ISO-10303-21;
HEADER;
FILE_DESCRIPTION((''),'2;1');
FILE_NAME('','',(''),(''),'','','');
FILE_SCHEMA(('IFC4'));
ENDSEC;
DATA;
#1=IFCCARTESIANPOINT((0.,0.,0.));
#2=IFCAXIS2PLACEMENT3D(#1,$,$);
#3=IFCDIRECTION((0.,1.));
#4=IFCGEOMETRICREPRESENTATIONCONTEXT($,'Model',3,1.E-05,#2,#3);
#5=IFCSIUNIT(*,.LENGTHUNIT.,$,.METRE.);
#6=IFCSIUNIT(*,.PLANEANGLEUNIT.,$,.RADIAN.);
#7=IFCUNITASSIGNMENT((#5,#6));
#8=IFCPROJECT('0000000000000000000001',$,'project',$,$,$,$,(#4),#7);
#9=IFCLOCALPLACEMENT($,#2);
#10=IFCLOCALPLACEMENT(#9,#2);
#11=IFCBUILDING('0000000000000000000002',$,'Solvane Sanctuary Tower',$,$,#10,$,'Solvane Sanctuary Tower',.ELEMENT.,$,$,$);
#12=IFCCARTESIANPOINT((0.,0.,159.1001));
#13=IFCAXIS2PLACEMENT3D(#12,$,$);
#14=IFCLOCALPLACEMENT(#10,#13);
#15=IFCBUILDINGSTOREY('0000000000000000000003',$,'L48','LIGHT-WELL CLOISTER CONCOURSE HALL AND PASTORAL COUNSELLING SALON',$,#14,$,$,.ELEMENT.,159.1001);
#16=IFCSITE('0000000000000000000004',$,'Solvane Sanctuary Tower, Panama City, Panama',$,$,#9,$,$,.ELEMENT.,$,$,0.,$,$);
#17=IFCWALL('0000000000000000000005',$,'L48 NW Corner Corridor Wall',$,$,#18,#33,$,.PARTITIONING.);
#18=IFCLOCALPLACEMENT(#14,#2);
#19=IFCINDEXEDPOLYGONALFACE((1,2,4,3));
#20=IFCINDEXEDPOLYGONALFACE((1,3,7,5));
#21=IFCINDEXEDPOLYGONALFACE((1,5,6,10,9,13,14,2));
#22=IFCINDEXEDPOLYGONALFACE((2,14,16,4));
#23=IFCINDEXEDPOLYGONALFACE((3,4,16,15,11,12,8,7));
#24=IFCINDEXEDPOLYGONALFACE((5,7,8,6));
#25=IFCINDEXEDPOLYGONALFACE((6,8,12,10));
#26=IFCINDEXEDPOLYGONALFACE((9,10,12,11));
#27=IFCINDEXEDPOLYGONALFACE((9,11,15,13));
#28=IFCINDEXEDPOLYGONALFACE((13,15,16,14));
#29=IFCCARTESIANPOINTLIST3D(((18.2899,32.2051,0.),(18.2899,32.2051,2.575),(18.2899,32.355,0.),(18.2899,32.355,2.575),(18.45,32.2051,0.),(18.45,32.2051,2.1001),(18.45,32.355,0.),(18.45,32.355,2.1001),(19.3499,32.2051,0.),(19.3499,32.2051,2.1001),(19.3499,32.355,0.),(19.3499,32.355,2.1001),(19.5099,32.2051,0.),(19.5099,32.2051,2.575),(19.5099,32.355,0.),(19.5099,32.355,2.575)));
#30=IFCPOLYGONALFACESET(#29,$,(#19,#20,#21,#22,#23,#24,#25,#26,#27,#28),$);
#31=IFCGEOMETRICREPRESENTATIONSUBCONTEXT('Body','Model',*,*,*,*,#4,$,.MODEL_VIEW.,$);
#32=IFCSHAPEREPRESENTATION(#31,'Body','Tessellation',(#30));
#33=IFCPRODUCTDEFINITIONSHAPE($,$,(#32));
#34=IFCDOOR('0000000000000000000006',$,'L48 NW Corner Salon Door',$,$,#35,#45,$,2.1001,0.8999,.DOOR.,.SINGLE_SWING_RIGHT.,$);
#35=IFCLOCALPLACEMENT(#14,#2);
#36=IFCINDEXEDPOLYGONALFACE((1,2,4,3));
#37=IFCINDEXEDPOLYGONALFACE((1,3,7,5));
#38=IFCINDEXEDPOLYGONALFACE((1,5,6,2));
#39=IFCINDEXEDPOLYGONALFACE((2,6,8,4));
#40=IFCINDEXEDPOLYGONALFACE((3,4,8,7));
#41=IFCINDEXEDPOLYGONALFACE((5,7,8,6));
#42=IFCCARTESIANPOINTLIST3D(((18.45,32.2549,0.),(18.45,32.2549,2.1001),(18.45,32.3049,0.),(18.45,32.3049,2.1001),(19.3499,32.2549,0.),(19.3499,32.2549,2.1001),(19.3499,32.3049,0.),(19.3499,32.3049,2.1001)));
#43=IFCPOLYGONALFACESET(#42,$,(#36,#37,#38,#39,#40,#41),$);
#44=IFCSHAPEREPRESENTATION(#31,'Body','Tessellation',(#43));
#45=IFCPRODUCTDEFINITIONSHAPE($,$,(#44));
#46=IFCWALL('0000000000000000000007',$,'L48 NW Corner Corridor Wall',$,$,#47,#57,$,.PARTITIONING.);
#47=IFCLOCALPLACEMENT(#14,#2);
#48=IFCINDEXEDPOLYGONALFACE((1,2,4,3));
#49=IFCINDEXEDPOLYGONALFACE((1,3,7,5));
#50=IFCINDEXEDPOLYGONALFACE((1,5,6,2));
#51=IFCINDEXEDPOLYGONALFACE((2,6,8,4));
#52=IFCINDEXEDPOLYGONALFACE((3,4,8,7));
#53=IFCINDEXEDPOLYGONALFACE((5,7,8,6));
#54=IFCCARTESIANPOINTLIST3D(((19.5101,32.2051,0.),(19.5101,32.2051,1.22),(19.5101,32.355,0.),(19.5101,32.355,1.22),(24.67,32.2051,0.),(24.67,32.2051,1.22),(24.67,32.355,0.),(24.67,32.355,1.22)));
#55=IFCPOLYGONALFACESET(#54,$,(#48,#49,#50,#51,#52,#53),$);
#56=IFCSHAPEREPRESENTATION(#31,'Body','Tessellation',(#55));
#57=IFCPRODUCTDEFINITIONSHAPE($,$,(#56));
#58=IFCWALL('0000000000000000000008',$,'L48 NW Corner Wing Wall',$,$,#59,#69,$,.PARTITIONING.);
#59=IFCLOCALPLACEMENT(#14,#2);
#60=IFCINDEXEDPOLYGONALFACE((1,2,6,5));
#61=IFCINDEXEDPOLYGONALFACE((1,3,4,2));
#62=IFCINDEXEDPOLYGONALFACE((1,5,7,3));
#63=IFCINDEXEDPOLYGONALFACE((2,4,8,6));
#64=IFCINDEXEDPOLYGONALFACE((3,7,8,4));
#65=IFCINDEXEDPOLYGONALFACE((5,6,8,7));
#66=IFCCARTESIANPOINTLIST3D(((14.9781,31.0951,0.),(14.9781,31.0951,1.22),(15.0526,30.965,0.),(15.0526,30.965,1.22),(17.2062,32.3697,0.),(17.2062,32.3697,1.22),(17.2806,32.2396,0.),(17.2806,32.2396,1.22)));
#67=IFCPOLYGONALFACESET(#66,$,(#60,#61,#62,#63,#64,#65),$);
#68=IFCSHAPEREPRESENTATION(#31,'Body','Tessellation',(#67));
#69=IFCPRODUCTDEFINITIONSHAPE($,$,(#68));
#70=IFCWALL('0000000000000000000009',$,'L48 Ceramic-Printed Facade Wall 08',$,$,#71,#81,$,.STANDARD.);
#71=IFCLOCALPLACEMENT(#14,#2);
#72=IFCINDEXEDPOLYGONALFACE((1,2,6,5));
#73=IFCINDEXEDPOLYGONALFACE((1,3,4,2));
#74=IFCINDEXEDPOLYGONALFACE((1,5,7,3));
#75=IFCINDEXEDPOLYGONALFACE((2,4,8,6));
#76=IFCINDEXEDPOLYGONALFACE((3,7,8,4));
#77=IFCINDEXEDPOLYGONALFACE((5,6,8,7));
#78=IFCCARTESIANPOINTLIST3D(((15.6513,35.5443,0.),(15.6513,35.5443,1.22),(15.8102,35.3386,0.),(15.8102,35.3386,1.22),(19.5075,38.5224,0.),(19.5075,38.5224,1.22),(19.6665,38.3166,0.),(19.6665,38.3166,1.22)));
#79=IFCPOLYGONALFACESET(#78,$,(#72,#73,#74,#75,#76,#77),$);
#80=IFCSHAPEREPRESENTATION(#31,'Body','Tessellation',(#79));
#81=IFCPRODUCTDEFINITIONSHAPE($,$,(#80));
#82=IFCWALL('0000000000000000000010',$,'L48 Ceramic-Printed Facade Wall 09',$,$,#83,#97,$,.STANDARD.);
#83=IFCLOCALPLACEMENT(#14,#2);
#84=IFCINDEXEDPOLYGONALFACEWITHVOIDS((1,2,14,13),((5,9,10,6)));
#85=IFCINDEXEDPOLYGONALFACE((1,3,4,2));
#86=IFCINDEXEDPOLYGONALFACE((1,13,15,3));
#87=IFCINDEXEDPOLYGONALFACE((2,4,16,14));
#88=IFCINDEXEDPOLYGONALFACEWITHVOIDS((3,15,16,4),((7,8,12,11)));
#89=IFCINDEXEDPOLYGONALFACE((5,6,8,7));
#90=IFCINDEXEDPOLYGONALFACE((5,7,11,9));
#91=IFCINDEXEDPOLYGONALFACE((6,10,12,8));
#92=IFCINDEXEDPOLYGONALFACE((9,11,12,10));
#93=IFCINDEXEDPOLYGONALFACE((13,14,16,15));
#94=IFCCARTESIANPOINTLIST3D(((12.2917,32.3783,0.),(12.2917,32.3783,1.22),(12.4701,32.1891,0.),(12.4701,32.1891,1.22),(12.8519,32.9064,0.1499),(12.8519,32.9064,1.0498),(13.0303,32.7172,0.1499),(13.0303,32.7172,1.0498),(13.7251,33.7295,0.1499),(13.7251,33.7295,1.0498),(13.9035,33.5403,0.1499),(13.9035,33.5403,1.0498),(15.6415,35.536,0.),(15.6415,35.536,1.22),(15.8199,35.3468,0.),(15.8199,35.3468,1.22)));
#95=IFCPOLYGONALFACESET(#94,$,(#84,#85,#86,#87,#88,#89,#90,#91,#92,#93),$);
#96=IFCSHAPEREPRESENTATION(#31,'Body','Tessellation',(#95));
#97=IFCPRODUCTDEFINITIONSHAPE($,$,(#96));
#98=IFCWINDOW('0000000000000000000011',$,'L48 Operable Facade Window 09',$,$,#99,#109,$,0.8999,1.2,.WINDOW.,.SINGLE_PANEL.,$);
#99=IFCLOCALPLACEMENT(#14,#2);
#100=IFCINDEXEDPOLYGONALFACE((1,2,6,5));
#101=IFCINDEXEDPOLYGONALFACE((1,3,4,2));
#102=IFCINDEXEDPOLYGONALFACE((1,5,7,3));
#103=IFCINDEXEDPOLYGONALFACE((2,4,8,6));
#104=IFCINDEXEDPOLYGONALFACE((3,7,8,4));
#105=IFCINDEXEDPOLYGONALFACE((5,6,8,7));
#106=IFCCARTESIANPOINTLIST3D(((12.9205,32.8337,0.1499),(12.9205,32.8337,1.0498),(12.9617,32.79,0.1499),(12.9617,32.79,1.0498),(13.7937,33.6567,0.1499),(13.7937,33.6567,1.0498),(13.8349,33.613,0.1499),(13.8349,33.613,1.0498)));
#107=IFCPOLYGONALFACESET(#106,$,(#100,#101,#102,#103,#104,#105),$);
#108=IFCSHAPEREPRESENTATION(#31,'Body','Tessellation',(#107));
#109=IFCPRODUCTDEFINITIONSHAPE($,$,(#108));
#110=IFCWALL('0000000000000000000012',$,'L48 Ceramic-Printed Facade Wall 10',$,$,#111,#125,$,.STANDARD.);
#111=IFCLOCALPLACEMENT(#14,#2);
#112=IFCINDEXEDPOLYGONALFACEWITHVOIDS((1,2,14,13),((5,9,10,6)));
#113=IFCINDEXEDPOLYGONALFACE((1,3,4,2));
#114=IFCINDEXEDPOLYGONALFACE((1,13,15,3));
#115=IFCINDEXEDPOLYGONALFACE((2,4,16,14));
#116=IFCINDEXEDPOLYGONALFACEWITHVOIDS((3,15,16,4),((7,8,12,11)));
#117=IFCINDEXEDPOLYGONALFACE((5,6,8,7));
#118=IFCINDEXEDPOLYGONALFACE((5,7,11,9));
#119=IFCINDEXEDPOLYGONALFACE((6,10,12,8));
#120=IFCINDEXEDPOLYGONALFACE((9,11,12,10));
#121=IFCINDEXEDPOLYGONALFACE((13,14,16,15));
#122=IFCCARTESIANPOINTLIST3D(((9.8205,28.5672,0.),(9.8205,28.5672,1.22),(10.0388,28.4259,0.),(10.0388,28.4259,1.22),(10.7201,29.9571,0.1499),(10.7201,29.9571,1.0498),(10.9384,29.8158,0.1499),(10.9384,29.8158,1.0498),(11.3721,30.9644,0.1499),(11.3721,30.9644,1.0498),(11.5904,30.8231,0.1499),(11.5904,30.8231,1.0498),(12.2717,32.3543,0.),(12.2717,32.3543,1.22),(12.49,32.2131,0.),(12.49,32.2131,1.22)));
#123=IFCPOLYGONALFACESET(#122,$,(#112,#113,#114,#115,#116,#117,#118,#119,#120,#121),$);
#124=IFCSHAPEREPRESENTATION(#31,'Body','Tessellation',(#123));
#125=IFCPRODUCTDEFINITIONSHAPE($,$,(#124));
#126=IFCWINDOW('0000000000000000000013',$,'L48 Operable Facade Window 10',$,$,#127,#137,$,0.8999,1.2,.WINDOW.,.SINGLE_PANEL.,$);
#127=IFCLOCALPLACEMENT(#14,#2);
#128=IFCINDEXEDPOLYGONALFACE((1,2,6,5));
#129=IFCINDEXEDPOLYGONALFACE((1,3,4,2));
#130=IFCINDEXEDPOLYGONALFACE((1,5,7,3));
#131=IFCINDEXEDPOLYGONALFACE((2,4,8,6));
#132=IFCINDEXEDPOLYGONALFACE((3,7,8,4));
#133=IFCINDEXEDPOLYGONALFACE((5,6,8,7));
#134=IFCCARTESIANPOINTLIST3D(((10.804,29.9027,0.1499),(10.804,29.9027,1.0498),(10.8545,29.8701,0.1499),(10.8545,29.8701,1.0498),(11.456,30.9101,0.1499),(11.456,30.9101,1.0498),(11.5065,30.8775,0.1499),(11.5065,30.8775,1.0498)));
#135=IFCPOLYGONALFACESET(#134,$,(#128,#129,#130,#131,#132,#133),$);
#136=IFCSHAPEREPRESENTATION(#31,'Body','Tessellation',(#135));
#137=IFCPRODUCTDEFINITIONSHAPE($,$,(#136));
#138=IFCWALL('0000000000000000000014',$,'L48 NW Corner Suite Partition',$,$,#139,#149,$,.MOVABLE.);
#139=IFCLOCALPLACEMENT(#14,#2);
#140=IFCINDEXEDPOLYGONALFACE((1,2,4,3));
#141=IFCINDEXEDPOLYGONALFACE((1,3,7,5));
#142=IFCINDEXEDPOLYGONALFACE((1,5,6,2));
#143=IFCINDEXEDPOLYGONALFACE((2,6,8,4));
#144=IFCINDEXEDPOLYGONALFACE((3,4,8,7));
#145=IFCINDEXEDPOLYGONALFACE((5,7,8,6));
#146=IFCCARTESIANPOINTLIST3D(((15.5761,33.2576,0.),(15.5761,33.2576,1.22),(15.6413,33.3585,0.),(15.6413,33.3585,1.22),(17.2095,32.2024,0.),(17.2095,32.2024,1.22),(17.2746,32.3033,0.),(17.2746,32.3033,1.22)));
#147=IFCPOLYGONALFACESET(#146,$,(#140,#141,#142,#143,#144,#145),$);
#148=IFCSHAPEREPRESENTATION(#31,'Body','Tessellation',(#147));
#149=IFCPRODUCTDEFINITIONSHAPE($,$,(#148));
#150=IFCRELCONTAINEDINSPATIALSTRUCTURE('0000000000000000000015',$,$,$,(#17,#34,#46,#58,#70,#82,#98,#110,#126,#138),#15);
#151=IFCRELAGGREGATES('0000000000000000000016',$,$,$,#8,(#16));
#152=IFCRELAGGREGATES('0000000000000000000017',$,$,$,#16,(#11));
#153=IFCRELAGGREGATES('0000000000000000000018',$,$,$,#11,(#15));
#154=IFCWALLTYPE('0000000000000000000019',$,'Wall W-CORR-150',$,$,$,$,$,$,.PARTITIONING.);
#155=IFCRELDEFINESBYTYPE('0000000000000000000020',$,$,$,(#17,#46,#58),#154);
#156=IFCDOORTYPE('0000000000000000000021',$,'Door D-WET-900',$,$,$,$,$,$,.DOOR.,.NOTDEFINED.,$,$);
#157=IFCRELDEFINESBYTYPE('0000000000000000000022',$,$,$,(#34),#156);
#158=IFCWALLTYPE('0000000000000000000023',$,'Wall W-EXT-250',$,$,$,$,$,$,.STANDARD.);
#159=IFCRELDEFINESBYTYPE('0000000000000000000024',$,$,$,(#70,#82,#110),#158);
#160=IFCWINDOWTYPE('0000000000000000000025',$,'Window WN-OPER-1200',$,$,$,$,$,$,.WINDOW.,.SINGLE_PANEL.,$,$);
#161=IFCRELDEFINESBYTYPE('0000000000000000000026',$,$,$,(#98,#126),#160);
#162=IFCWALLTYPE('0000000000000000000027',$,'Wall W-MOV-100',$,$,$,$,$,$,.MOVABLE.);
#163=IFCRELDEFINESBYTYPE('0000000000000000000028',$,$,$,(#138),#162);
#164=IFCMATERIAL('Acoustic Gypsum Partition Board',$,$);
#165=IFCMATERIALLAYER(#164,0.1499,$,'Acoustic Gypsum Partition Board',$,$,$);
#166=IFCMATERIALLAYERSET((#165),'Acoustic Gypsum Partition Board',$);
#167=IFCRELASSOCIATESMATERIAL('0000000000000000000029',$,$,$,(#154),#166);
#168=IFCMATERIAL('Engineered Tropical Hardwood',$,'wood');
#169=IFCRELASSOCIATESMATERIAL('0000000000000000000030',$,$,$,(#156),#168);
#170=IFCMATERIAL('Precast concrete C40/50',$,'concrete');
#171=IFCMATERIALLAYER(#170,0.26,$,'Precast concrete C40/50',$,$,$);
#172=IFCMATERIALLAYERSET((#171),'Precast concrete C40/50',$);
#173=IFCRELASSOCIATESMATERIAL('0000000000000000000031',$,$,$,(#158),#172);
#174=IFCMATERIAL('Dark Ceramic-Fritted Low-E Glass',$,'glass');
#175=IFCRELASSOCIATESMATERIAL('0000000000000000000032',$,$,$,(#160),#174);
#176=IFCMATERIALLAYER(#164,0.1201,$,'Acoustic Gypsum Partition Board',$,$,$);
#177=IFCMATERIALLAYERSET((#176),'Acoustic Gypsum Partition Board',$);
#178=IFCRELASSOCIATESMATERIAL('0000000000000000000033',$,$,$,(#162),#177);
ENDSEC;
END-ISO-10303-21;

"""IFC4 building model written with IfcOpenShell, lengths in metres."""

from ifc_helpers import new_model, si_unit, direction, frame, frame_2d, origin, place, context, subcontext, project, spatial, rectangle, extrude, material, layer, layer_set, type_object, element, fill, save


model = new_model("IFC4")

# Units and contexts
model_context = context("Model", 3, precision=1e-05, world=origin(), true_north=direction((0.0, 1.0)))
body_context = subcontext(model_context, "Body", "Model", "MODEL_VIEW")
ifc_project = project(units=[si_unit("LENGTHUNIT", "METRE"), si_unit("PLANEANGLEUNIT", "RADIAN")], contexts=[model_context])

# Site, building, storey
site_placement = place(None, origin())
site = spatial("IfcSite", under=ifc_project, at=site_placement, Name="Solvane Sanctuary Tower, Panama City, Panama", CompositionType="ELEMENT", RefElevation=0.0)
building_placement = place(site_placement, origin())
building = spatial("IfcBuilding", under=site, at=building_placement, Name="Solvane Sanctuary Tower", LongName="Solvane Sanctuary Tower", CompositionType="ELEMENT")
storey_placement = place(building_placement, frame((0.0, 0.0, 159.1001)))
storey = spatial("IfcBuildingStorey", under=building, at=storey_placement, Name="L48", Description="LIGHT-WELL CLOISTER CONCOURSE HALL AND PASTORAL COUNSELLING SALON", CompositionType="ELEMENT", Elevation=159.1001)

# Shared definitions
ifc_material_1 = material(Name="Acoustic Gypsum Partition Board")
ifc_layer_1 = layer(ifc_material_1, 0.1499, Name="Acoustic Gypsum Partition Board")
ifc_layer_set_1 = layer_set([ifc_layer_1], Name="Acoustic Gypsum Partition Board")
wall_type_1 = type_object("IfcWallType", Name="Wall W-CORR-150", PredefinedType="PARTITIONING", material=ifc_layer_set_1)

# Wall, opening, door
wall_1_placement = place(storey_placement, frame((18.29, 32.28, 0.0), z_axis=(0.0, 0.0, 1.0), x_axis=(1.0, 0.0, 0.0)))
wall_1 = element("IfcWall", 1, at=wall_1_placement, inside=storey, type_object=wall_type_1, Name="L48 NW Corner Corridor Wall", PredefinedType="PARTITIONING", context=body_context, shape_type="SweptSolid", body=[
    extrude(rectangle(XDim=1.22, YDim=0.1499, at=frame_2d((0.6099, 0.0))), origin(), (0.0, 0.0, 1.0), 2.575),
])
opening_1_placement = place(wall_1_placement, frame((0.1599, 0.0, 0.0)))
opening_1 = element("IfcOpeningElement", 2, at=opening_1_placement, cuts=wall_1, PredefinedType="OPENING", context=body_context, shape_type="SweptSolid", body=[
    extrude(rectangle(XDim=0.8999, YDim=2.1001, at=frame_2d((0.45, 1.05))), frame((0.0, 0.085, 0.0), z_axis=(0.0, -1.0, 0.0), x_axis=(1.0, 0.0, 0.0)), (0.0, 0.0, 1.0), 0.1699),
])
ifc_material_2 = material(Name="Engineered Tropical Hardwood", Category="wood")
door_type_1 = type_object("IfcDoorType", Name="Door D-WET-900", OperationType="NOTDEFINED", PredefinedType="DOOR", material=ifc_material_2)
door_1_placement = place(opening_1_placement, origin())
door_1 = element("IfcDoor", 3, at=door_1_placement, inside=storey, type_object=door_type_1, Name="L48 NW Corner Salon Door", OperationType="SINGLE_SWING_RIGHT", OverallHeight=2.1001, OverallWidth=0.8999, PredefinedType="DOOR", context=body_context, shape_type="SweptSolid", body=[
    extrude(rectangle(XDim=0.8999, YDim=2.1001, at=frame_2d((0.45, 1.05))), frame((0.0, 0.0249, 0.0), z_axis=(0.0, -1.0, 0.0), x_axis=(1.0, 0.0, 0.0)), (0.0, 0.0, 1.0), 0.05),
])
fill(opening_1, door_1)

# Walls
wall_2_placement = place(storey_placement, frame((19.51, 32.28, 0.0), z_axis=(0.0, 0.0, 1.0), x_axis=(1.0, 0.0, 0.0)))
element("IfcWall", 4, at=wall_2_placement, inside=storey, type_object=wall_type_1, Name="L48 NW Corner Corridor Wall", PredefinedType="PARTITIONING", context=body_context, shape_type="SweptSolid", body=[
    extrude(rectangle(XDim=5.1599, YDim=0.1499, at=frame_2d((2.5801, 0.0))), origin(), (0.0, 0.0, 1.0), 1.22),
])
wall_3_placement = place(storey_placement, frame((17.2434, 32.3047, 0.0), z_axis=(0.0, 0.0, 1.0), x_axis=(-0.867991, -0.496579, 0.0)))
element("IfcWall", 5, at=wall_3_placement, inside=storey, type_object=wall_type_1, Name="L48 NW Corner Wing Wall", PredefinedType="PARTITIONING", context=body_context, shape_type="SweptSolid", body=[
    extrude(rectangle(XDim=2.5669, YDim=0.1499, at=frame_2d((1.2834, 0.0))), origin(), (0.0, 0.0, 1.0), 1.22),
])
ifc_material_3 = material(Name="Precast concrete C40/50", Category="concrete")
ifc_layer_2 = layer(ifc_material_3, 0.26, Name="Precast concrete C40/50")
ifc_layer_set_2 = layer_set([ifc_layer_2], Name="Precast concrete C40/50")
wall_type_2 = type_object("IfcWallType", Name="Wall W-EXT-250", PredefinedType="STANDARD", material=ifc_layer_set_2)
wall_4_placement = place(storey_placement, frame((19.5869, 38.4194, 0.0), z_axis=(0.0, 0.0, 1.0), x_axis=(-0.79146, -0.611221, 0.0)))
element("IfcWall", 6, at=wall_4_placement, inside=storey, type_object=wall_type_2, Name="L48 Ceramic-Printed Facade Wall 08", PredefinedType="STANDARD", context=body_context, shape_type="SweptSolid", body=[
    extrude(rectangle(XDim=4.8723, YDim=0.26, at=frame_2d((2.436, 0.0))), origin(), (0.0, 0.0, 1.0), 1.22),
])

# Walls, openings, windows
wall_5_placement = place(storey_placement, frame((15.7307, 35.4414, 0.0), z_axis=(0.0, 0.0, 1.0), x_axis=(-0.727667, -0.68593, 0.0)))
wall_5 = element("IfcWall", 7, at=wall_5_placement, inside=storey, type_object=wall_type_2, Name="L48 Ceramic-Printed Facade Wall 09", PredefinedType="STANDARD", context=body_context, shape_type="SweptSolid", body=[
    extrude(rectangle(XDim=4.6035, YDim=0.26, at=frame_2d((2.3018, 0.0))), origin(), (0.0, 0.0, 1.0), 1.22),
])
opening_2_placement = place(wall_5_placement, frame((2.6335, 0.0, 0.1499)))
opening_2 = element("IfcOpeningElement", 8, at=opening_2_placement, cuts=wall_5, PredefinedType="OPENING", context=body_context, shape_type="SweptSolid", body=[
    extrude(rectangle(XDim=1.2, YDim=0.8999, at=frame_2d((0.6001, 0.45))), frame((0.0, 0.1399, 0.0), z_axis=(0.0, -1.0, 0.0), x_axis=(1.0, 0.0, 0.0)), (0.0, 0.0, 1.0), 0.28),
])
ifc_material_4 = material(Name="Dark Ceramic-Fritted Low-E Glass", Category="glass")
window_type = type_object("IfcWindowType", Name="Window WN-OPER-1200", PartitioningType="SINGLE_PANEL", PredefinedType="WINDOW", material=ifc_material_4)
window_1_placement = place(opening_2_placement, origin())
window_1 = element("IfcWindow", 9, at=window_1_placement, inside=storey, type_object=window_type, Name="L48 Operable Facade Window 09", OverallHeight=0.8999, OverallWidth=1.2, PartitioningType="SINGLE_PANEL", PredefinedType="WINDOW", context=body_context, shape_type="SweptSolid", body=[
    extrude(rectangle(XDim=1.2, YDim=0.8999, at=frame_2d((0.6001, 0.45))), frame((0.0, 0.03, 0.0), z_axis=(0.0, -1.0, 0.0), x_axis=(1.0, 0.0, 0.0)), (0.0, 0.0, 1.0), 0.0601),
])
fill(opening_2, window_1)
wall_6_placement = place(storey_placement, frame((12.3809, 32.2837, 0.0), z_axis=(0.0, 0.0, 1.0), x_axis=(-0.543359, -0.8395, 0.0)))
wall_6 = element("IfcWall", 10, at=wall_6_placement, inside=storey, type_object=wall_type_2, Name="L48 Ceramic-Printed Facade Wall 10", PredefinedType="STANDARD", context=body_context, shape_type="SweptSolid", body=[
    extrude(rectangle(XDim=4.5112, YDim=0.26, at=frame_2d((2.2556, 0.0))), origin(), (0.0, 0.0, 1.0), 1.22),
])
opening_3_placement = place(wall_6_placement, frame((1.6555, 0.0, 0.1499)))
opening_3 = element("IfcOpeningElement", 11, at=opening_3_placement, cuts=wall_6, PredefinedType="OPENING", context=body_context, shape_type="SweptSolid", body=[
    extrude(rectangle(XDim=1.2, YDim=0.8999, at=frame_2d((0.6001, 0.45))), frame((0.0, 0.1399, 0.0), z_axis=(0.0, -1.0, 0.0), x_axis=(1.0, 0.0, 0.0)), (0.0, 0.0, 1.0), 0.28),
])
window_2_placement = place(opening_3_placement, origin())
window_2 = element("IfcWindow", 12, at=window_2_placement, inside=storey, type_object=window_type, Name="L48 Operable Facade Window 10", OverallHeight=0.8999, OverallWidth=1.2, PartitioningType="SINGLE_PANEL", PredefinedType="WINDOW", context=body_context, shape_type="SweptSolid", body=[
    extrude(rectangle(XDim=1.2, YDim=0.8999, at=frame_2d((0.6001, 0.45))), frame((0.0, 0.03, 0.0), z_axis=(0.0, -1.0, 0.0), x_axis=(1.0, 0.0, 0.0)), (0.0, 0.0, 1.0), 0.0601),
])
fill(opening_3, window_2)

# Wall
ifc_layer_3 = layer(ifc_material_1, 0.1201, Name="Acoustic Gypsum Partition Board")
ifc_layer_set_3 = layer_set([ifc_layer_3], Name="Acoustic Gypsum Partition Board")
wall_type_3 = type_object("IfcWallType", Name="Wall W-MOV-100", PredefinedType="MOVABLE", material=ifc_layer_set_3)
wall_7_placement = place(storey_placement, frame((17.2419, 32.2529, 0.0), z_axis=(0.0, 0.0, 1.0), x_axis=(-0.839961, 0.542647, 0.0)))
element("IfcWall", 13, at=wall_7_placement, inside=storey, type_object=wall_type_3, Name="L48 NW Corner Suite Partition", PredefinedType="MOVABLE", context=body_context, shape_type="SweptSolid", body=[
    extrude(rectangle(XDim=1.9446, YDim=0.1201, at=frame_2d((0.9722, 0.0))), origin(), (0.0, 0.0, 1.0), 1.22),
])

save(model, "model.ifc")
